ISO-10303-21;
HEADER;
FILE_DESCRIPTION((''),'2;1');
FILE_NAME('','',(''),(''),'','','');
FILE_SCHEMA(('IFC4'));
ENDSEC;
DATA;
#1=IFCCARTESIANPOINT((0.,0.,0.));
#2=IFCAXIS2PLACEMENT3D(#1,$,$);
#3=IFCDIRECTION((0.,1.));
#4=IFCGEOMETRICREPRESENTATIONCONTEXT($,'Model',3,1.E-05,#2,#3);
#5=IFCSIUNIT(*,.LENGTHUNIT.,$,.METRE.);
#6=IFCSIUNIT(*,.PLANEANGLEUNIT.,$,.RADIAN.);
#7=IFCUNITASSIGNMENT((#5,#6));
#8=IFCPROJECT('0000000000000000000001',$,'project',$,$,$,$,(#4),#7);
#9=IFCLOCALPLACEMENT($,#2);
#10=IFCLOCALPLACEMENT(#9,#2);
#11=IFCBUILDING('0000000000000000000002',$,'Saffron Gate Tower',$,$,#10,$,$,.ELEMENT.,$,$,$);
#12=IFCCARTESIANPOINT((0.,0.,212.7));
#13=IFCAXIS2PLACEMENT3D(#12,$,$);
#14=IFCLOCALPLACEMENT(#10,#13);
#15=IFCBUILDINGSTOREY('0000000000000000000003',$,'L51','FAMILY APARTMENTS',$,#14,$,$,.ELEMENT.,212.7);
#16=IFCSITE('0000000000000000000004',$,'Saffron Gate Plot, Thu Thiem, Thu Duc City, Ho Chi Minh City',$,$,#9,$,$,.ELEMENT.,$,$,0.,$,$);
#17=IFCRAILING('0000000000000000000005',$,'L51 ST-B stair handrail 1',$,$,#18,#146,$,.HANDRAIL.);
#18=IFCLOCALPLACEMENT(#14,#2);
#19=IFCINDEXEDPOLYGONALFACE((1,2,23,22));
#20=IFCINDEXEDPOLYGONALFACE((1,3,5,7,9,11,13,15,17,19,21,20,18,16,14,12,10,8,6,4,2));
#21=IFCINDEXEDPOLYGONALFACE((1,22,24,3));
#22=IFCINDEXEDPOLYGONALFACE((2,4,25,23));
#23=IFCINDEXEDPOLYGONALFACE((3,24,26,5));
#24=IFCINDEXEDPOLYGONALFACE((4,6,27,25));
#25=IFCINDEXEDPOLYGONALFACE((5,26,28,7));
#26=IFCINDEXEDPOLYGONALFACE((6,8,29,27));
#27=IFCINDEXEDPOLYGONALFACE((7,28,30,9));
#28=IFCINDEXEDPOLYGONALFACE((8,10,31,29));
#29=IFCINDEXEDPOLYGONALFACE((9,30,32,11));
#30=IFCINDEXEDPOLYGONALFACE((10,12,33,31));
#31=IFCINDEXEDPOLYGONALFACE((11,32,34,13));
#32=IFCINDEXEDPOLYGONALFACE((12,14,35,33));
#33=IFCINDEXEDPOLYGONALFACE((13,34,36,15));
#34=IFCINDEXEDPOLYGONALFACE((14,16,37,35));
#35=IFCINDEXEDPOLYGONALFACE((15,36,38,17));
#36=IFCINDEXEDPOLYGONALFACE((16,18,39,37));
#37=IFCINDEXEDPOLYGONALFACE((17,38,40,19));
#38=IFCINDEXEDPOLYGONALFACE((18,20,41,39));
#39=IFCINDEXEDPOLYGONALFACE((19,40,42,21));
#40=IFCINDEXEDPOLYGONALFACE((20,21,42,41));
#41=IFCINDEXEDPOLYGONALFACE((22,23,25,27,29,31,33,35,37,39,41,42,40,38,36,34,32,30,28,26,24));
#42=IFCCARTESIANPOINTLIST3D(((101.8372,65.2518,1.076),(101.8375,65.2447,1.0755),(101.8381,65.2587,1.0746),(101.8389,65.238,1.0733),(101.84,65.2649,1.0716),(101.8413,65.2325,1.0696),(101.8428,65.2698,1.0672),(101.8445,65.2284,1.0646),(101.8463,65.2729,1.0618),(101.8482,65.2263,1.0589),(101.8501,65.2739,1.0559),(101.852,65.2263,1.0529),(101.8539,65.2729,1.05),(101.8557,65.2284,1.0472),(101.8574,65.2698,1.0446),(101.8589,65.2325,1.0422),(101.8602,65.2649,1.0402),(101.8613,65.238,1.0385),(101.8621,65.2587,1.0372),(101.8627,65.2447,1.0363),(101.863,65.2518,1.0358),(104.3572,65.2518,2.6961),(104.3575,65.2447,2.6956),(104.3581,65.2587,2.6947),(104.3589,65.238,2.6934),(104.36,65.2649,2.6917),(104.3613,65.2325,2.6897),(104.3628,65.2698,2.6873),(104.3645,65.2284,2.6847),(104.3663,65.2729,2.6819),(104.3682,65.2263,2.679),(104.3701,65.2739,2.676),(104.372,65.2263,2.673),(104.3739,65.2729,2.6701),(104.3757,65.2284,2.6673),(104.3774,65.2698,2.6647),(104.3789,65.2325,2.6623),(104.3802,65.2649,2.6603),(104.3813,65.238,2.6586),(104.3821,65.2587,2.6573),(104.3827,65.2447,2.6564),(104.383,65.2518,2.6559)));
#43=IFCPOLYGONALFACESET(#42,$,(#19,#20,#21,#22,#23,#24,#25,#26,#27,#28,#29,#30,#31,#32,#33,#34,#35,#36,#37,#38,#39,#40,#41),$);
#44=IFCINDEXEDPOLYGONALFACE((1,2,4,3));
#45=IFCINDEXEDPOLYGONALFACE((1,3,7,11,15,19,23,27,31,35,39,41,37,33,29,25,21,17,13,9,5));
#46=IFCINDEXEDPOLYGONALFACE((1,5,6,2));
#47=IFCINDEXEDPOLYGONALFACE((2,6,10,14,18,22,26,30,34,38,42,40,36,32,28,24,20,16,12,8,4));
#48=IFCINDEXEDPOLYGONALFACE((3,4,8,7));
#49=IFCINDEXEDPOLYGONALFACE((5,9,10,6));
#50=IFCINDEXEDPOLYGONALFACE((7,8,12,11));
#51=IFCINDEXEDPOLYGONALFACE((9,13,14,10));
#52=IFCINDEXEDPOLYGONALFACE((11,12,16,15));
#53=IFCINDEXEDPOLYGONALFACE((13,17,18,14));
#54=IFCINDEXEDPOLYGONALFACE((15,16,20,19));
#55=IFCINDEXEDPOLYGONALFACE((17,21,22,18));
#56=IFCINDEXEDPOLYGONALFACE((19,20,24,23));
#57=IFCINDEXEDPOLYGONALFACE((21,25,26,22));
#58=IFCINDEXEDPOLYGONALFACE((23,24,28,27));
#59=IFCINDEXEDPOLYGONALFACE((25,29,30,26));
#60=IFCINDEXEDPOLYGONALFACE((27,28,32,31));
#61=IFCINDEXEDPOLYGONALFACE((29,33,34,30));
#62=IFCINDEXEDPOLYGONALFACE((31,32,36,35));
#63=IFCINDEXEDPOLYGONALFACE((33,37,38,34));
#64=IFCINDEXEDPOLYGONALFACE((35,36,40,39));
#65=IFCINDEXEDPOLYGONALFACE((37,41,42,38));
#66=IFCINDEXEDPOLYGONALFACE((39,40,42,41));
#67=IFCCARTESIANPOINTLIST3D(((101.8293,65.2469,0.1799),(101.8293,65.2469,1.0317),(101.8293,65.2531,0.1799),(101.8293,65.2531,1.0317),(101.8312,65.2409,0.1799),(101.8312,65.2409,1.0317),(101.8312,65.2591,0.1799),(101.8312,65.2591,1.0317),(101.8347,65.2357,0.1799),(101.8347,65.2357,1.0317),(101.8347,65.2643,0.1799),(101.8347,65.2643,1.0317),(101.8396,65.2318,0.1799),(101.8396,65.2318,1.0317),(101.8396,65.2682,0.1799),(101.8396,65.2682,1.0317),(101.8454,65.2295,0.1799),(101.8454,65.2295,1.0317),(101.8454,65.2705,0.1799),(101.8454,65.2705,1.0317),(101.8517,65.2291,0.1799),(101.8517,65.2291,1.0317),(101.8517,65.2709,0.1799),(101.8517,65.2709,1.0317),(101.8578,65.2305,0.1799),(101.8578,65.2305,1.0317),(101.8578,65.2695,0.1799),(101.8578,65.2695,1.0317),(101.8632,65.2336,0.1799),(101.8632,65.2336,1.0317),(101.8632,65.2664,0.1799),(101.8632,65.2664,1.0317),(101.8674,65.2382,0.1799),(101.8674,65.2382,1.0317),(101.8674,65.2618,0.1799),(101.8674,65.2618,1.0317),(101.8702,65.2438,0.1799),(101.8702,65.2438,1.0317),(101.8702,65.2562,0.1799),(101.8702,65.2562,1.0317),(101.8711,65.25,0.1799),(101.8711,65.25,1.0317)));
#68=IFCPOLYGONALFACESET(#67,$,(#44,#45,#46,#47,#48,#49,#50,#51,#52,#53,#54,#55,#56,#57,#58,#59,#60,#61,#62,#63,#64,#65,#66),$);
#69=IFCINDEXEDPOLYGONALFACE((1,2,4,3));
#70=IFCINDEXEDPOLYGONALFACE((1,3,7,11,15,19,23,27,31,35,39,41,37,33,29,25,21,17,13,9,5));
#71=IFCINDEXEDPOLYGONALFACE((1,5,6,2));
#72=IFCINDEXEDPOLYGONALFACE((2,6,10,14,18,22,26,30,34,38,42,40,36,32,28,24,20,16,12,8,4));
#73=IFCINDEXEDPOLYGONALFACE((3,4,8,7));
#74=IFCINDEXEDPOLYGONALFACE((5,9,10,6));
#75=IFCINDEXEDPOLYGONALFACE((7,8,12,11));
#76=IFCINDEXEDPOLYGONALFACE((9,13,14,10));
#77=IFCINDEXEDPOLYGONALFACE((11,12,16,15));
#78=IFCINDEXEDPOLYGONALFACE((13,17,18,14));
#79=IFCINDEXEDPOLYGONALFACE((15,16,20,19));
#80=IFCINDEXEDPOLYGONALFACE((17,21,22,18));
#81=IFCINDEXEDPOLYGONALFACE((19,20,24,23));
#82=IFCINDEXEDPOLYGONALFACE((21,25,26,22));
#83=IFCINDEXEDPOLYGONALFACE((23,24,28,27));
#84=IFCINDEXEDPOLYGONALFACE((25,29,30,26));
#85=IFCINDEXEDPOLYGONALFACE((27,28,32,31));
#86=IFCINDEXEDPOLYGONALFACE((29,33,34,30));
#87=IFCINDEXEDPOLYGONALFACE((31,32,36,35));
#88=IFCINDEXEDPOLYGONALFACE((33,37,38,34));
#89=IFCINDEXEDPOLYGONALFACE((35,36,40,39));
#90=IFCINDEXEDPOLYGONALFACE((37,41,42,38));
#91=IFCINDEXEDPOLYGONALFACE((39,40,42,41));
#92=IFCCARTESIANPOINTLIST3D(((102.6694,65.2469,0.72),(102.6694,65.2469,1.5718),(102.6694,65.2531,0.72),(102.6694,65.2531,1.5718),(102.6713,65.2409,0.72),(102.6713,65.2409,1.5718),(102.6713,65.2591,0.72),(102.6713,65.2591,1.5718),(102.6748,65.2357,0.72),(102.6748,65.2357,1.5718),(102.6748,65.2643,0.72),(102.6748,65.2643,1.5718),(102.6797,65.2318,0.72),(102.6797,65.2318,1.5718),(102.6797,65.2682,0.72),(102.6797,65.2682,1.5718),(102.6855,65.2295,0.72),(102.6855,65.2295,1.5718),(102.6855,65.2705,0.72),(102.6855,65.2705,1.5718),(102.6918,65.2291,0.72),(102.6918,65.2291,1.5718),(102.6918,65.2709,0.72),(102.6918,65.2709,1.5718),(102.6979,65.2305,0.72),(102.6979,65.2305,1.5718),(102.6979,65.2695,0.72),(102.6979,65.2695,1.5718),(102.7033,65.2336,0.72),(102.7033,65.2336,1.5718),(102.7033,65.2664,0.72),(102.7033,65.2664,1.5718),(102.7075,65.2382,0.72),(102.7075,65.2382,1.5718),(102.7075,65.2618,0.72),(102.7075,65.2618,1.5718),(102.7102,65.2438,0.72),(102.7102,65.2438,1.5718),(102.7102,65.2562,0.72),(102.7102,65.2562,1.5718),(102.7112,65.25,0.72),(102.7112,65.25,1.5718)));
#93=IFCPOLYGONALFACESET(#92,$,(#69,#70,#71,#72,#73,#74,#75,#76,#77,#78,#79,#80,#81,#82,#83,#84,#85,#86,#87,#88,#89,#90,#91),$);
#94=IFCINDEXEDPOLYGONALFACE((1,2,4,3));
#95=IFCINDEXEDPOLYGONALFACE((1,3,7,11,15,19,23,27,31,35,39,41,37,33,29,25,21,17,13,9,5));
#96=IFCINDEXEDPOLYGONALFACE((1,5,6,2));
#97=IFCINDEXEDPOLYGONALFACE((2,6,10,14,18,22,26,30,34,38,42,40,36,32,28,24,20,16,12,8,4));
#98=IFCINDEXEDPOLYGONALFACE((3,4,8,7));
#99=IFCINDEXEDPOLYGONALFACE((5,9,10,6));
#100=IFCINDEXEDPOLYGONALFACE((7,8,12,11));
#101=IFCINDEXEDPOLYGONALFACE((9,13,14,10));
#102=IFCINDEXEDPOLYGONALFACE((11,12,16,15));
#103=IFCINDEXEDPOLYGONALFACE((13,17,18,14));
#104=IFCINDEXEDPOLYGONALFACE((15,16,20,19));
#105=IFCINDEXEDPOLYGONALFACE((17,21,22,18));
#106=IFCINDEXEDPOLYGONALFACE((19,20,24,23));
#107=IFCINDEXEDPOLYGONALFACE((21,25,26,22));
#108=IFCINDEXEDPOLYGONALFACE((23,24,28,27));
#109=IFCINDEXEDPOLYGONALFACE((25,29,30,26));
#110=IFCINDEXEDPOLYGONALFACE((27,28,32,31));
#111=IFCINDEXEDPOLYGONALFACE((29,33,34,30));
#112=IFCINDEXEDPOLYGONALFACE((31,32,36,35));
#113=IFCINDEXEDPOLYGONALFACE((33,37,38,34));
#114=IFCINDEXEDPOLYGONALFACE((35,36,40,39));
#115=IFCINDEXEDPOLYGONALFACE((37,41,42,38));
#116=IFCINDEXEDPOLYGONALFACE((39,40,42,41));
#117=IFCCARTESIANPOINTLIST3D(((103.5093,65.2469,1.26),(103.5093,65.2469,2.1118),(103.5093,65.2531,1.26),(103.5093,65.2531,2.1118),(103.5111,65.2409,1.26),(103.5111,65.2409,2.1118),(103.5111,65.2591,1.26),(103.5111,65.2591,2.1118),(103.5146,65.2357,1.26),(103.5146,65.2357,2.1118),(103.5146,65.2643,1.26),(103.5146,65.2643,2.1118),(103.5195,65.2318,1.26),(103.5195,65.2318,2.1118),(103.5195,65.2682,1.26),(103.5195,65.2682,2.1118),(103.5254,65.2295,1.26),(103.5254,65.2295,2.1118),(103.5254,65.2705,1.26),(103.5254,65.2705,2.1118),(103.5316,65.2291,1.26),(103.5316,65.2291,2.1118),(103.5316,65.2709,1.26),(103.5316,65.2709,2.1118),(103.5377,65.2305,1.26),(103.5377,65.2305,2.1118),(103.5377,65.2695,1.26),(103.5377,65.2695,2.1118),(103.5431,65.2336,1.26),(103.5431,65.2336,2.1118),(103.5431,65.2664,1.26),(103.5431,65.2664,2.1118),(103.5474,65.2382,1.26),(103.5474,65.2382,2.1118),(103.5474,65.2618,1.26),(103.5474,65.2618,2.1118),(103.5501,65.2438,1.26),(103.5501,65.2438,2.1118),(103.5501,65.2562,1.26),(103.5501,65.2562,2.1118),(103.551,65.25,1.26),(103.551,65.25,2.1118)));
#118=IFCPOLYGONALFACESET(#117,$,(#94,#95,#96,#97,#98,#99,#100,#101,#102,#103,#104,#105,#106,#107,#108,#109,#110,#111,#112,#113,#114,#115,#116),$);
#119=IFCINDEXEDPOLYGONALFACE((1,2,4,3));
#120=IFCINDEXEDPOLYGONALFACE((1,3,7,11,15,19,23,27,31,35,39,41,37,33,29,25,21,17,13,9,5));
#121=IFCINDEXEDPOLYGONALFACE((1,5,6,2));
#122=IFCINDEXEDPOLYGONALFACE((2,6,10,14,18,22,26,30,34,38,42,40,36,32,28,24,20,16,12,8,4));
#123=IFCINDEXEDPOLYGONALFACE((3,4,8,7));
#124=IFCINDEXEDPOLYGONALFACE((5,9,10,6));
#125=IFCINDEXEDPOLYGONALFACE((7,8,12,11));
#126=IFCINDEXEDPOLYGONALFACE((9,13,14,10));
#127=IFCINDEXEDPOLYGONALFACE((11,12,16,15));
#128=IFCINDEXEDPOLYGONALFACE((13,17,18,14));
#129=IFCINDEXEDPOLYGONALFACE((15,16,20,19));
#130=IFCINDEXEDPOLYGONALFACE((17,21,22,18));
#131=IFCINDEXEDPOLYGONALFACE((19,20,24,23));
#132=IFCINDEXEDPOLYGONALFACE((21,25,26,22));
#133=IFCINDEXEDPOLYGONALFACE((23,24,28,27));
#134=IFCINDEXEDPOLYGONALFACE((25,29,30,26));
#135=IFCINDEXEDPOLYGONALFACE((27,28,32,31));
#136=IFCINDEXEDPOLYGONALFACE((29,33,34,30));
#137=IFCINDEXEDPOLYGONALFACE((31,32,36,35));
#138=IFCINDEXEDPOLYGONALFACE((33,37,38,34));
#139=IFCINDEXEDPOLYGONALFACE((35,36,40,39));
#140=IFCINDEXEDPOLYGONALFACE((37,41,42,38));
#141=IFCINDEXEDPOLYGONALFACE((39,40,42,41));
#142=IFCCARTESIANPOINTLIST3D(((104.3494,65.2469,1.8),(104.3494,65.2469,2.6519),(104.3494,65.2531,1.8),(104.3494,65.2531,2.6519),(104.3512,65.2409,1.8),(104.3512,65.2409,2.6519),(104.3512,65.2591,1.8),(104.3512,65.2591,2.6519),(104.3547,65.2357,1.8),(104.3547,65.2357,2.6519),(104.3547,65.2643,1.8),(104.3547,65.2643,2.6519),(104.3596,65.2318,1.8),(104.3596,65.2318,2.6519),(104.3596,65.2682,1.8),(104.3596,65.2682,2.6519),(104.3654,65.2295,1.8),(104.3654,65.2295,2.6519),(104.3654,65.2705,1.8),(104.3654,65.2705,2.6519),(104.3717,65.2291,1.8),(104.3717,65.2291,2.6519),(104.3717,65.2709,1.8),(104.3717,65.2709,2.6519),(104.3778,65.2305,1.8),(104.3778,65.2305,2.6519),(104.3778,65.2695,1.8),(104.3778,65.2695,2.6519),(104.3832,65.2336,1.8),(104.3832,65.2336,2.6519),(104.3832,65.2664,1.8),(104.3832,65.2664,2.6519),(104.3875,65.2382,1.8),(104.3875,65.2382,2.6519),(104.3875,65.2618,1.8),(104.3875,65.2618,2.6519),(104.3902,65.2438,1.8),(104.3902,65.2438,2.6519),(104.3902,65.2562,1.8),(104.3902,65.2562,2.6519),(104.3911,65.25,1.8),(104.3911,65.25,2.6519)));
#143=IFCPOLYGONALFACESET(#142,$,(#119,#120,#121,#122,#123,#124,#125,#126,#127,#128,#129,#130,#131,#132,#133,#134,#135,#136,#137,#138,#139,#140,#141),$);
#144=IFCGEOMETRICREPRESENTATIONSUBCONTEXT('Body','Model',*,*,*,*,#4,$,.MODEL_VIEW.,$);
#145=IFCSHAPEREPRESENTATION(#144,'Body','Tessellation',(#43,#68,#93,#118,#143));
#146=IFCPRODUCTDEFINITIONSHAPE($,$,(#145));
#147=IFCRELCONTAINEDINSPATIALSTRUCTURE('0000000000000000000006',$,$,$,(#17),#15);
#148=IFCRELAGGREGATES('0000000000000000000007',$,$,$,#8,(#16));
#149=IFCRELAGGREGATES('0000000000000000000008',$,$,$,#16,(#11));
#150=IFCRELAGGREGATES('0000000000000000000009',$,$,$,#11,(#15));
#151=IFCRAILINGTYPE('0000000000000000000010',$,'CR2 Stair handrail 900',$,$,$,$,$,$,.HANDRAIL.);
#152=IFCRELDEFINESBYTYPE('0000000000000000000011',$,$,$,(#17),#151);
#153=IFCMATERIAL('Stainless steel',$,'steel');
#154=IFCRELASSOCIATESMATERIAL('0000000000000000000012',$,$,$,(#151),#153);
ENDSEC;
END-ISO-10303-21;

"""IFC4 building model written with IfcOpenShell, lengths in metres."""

from ifc_helpers import new_model, si_unit, direction, frame, origin, origin_2d, place, context, subcontext, project, spatial, circle, extrude, material, type_object, element, save


model = new_model("IFC4")

# Units and contexts
model_context = context("Model", 3, precision=1e-05, world=origin(), true_north=direction((0.0, 1.0)))
body_context = subcontext(model_context, "Body", "Model", "MODEL_VIEW")
ifc_project = project(units=[si_unit("LENGTHUNIT", "METRE"), si_unit("PLANEANGLEUNIT", "RADIAN")], contexts=[model_context])

# Site, building, storey
site_placement = place(None, origin())
site = spatial("IfcSite", under=ifc_project, at=site_placement, Name="Saffron Gate Plot, Thu Thiem, Thu Duc City, Ho Chi Minh City", CompositionType="ELEMENT", RefElevation=0.0)
building_placement = place(site_placement, origin())
building = spatial("IfcBuilding", under=site, at=building_placement, Name="Saffron Gate Tower", CompositionType="ELEMENT")
storey_placement = place(building_placement, frame((0.0, 0.0, 212.7)))
storey = spatial("IfcBuildingStorey", under=building, at=storey_placement, Name="L51", Description="FAMILY APARTMENTS", CompositionType="ELEMENT", Elevation=212.7)

# Railing
ifc_material_1 = material(Name="Stainless steel", Category="steel")
railing_type_1 = type_object("IfcRailingType", Name="CR2 Stair handrail 900", PredefinedType="HANDRAIL", material=ifc_material_1)
railing_1_placement = place(storey_placement, frame((101.8501, 65.25, 0.1799)))
element("IfcRailing", 1, at=railing_1_placement, inside=storey, type_object=railing_type_1, Name="L51 ST-B stair handrail 1", PredefinedType="HANDRAIL", context=body_context, shape_type="SweptSolid", body=[
    extrude(circle(Radius=0.0239, at=origin_2d()), frame((0.0, 0.0, 0.876), z_axis=(0.841163, 0.0, 0.540782), x_axis=(0.0, 1.0, 0.0)), (0.0, 0.0, 1.0), 2.9958),
    extrude(circle(Radius=0.021, at=origin_2d()), origin(), (0.0, 0.0, 1.0), 0.8518),
    extrude(circle(Radius=0.021, at=origin_2d()), frame((0.8401, 0.0, 0.54)), (0.0, 0.0, 1.0), 0.8518),
    extrude(circle(Radius=0.021, at=origin_2d()), frame((1.6799, 0.0, 1.0801)), (0.0, 0.0, 1.0), 0.8518),
    extrude(circle(Radius=0.021, at=origin_2d()), frame((2.52, 0.0, 1.6201)), (0.0, 0.0, 1.0), 0.8518),
])

save(model, "model.ifc")
